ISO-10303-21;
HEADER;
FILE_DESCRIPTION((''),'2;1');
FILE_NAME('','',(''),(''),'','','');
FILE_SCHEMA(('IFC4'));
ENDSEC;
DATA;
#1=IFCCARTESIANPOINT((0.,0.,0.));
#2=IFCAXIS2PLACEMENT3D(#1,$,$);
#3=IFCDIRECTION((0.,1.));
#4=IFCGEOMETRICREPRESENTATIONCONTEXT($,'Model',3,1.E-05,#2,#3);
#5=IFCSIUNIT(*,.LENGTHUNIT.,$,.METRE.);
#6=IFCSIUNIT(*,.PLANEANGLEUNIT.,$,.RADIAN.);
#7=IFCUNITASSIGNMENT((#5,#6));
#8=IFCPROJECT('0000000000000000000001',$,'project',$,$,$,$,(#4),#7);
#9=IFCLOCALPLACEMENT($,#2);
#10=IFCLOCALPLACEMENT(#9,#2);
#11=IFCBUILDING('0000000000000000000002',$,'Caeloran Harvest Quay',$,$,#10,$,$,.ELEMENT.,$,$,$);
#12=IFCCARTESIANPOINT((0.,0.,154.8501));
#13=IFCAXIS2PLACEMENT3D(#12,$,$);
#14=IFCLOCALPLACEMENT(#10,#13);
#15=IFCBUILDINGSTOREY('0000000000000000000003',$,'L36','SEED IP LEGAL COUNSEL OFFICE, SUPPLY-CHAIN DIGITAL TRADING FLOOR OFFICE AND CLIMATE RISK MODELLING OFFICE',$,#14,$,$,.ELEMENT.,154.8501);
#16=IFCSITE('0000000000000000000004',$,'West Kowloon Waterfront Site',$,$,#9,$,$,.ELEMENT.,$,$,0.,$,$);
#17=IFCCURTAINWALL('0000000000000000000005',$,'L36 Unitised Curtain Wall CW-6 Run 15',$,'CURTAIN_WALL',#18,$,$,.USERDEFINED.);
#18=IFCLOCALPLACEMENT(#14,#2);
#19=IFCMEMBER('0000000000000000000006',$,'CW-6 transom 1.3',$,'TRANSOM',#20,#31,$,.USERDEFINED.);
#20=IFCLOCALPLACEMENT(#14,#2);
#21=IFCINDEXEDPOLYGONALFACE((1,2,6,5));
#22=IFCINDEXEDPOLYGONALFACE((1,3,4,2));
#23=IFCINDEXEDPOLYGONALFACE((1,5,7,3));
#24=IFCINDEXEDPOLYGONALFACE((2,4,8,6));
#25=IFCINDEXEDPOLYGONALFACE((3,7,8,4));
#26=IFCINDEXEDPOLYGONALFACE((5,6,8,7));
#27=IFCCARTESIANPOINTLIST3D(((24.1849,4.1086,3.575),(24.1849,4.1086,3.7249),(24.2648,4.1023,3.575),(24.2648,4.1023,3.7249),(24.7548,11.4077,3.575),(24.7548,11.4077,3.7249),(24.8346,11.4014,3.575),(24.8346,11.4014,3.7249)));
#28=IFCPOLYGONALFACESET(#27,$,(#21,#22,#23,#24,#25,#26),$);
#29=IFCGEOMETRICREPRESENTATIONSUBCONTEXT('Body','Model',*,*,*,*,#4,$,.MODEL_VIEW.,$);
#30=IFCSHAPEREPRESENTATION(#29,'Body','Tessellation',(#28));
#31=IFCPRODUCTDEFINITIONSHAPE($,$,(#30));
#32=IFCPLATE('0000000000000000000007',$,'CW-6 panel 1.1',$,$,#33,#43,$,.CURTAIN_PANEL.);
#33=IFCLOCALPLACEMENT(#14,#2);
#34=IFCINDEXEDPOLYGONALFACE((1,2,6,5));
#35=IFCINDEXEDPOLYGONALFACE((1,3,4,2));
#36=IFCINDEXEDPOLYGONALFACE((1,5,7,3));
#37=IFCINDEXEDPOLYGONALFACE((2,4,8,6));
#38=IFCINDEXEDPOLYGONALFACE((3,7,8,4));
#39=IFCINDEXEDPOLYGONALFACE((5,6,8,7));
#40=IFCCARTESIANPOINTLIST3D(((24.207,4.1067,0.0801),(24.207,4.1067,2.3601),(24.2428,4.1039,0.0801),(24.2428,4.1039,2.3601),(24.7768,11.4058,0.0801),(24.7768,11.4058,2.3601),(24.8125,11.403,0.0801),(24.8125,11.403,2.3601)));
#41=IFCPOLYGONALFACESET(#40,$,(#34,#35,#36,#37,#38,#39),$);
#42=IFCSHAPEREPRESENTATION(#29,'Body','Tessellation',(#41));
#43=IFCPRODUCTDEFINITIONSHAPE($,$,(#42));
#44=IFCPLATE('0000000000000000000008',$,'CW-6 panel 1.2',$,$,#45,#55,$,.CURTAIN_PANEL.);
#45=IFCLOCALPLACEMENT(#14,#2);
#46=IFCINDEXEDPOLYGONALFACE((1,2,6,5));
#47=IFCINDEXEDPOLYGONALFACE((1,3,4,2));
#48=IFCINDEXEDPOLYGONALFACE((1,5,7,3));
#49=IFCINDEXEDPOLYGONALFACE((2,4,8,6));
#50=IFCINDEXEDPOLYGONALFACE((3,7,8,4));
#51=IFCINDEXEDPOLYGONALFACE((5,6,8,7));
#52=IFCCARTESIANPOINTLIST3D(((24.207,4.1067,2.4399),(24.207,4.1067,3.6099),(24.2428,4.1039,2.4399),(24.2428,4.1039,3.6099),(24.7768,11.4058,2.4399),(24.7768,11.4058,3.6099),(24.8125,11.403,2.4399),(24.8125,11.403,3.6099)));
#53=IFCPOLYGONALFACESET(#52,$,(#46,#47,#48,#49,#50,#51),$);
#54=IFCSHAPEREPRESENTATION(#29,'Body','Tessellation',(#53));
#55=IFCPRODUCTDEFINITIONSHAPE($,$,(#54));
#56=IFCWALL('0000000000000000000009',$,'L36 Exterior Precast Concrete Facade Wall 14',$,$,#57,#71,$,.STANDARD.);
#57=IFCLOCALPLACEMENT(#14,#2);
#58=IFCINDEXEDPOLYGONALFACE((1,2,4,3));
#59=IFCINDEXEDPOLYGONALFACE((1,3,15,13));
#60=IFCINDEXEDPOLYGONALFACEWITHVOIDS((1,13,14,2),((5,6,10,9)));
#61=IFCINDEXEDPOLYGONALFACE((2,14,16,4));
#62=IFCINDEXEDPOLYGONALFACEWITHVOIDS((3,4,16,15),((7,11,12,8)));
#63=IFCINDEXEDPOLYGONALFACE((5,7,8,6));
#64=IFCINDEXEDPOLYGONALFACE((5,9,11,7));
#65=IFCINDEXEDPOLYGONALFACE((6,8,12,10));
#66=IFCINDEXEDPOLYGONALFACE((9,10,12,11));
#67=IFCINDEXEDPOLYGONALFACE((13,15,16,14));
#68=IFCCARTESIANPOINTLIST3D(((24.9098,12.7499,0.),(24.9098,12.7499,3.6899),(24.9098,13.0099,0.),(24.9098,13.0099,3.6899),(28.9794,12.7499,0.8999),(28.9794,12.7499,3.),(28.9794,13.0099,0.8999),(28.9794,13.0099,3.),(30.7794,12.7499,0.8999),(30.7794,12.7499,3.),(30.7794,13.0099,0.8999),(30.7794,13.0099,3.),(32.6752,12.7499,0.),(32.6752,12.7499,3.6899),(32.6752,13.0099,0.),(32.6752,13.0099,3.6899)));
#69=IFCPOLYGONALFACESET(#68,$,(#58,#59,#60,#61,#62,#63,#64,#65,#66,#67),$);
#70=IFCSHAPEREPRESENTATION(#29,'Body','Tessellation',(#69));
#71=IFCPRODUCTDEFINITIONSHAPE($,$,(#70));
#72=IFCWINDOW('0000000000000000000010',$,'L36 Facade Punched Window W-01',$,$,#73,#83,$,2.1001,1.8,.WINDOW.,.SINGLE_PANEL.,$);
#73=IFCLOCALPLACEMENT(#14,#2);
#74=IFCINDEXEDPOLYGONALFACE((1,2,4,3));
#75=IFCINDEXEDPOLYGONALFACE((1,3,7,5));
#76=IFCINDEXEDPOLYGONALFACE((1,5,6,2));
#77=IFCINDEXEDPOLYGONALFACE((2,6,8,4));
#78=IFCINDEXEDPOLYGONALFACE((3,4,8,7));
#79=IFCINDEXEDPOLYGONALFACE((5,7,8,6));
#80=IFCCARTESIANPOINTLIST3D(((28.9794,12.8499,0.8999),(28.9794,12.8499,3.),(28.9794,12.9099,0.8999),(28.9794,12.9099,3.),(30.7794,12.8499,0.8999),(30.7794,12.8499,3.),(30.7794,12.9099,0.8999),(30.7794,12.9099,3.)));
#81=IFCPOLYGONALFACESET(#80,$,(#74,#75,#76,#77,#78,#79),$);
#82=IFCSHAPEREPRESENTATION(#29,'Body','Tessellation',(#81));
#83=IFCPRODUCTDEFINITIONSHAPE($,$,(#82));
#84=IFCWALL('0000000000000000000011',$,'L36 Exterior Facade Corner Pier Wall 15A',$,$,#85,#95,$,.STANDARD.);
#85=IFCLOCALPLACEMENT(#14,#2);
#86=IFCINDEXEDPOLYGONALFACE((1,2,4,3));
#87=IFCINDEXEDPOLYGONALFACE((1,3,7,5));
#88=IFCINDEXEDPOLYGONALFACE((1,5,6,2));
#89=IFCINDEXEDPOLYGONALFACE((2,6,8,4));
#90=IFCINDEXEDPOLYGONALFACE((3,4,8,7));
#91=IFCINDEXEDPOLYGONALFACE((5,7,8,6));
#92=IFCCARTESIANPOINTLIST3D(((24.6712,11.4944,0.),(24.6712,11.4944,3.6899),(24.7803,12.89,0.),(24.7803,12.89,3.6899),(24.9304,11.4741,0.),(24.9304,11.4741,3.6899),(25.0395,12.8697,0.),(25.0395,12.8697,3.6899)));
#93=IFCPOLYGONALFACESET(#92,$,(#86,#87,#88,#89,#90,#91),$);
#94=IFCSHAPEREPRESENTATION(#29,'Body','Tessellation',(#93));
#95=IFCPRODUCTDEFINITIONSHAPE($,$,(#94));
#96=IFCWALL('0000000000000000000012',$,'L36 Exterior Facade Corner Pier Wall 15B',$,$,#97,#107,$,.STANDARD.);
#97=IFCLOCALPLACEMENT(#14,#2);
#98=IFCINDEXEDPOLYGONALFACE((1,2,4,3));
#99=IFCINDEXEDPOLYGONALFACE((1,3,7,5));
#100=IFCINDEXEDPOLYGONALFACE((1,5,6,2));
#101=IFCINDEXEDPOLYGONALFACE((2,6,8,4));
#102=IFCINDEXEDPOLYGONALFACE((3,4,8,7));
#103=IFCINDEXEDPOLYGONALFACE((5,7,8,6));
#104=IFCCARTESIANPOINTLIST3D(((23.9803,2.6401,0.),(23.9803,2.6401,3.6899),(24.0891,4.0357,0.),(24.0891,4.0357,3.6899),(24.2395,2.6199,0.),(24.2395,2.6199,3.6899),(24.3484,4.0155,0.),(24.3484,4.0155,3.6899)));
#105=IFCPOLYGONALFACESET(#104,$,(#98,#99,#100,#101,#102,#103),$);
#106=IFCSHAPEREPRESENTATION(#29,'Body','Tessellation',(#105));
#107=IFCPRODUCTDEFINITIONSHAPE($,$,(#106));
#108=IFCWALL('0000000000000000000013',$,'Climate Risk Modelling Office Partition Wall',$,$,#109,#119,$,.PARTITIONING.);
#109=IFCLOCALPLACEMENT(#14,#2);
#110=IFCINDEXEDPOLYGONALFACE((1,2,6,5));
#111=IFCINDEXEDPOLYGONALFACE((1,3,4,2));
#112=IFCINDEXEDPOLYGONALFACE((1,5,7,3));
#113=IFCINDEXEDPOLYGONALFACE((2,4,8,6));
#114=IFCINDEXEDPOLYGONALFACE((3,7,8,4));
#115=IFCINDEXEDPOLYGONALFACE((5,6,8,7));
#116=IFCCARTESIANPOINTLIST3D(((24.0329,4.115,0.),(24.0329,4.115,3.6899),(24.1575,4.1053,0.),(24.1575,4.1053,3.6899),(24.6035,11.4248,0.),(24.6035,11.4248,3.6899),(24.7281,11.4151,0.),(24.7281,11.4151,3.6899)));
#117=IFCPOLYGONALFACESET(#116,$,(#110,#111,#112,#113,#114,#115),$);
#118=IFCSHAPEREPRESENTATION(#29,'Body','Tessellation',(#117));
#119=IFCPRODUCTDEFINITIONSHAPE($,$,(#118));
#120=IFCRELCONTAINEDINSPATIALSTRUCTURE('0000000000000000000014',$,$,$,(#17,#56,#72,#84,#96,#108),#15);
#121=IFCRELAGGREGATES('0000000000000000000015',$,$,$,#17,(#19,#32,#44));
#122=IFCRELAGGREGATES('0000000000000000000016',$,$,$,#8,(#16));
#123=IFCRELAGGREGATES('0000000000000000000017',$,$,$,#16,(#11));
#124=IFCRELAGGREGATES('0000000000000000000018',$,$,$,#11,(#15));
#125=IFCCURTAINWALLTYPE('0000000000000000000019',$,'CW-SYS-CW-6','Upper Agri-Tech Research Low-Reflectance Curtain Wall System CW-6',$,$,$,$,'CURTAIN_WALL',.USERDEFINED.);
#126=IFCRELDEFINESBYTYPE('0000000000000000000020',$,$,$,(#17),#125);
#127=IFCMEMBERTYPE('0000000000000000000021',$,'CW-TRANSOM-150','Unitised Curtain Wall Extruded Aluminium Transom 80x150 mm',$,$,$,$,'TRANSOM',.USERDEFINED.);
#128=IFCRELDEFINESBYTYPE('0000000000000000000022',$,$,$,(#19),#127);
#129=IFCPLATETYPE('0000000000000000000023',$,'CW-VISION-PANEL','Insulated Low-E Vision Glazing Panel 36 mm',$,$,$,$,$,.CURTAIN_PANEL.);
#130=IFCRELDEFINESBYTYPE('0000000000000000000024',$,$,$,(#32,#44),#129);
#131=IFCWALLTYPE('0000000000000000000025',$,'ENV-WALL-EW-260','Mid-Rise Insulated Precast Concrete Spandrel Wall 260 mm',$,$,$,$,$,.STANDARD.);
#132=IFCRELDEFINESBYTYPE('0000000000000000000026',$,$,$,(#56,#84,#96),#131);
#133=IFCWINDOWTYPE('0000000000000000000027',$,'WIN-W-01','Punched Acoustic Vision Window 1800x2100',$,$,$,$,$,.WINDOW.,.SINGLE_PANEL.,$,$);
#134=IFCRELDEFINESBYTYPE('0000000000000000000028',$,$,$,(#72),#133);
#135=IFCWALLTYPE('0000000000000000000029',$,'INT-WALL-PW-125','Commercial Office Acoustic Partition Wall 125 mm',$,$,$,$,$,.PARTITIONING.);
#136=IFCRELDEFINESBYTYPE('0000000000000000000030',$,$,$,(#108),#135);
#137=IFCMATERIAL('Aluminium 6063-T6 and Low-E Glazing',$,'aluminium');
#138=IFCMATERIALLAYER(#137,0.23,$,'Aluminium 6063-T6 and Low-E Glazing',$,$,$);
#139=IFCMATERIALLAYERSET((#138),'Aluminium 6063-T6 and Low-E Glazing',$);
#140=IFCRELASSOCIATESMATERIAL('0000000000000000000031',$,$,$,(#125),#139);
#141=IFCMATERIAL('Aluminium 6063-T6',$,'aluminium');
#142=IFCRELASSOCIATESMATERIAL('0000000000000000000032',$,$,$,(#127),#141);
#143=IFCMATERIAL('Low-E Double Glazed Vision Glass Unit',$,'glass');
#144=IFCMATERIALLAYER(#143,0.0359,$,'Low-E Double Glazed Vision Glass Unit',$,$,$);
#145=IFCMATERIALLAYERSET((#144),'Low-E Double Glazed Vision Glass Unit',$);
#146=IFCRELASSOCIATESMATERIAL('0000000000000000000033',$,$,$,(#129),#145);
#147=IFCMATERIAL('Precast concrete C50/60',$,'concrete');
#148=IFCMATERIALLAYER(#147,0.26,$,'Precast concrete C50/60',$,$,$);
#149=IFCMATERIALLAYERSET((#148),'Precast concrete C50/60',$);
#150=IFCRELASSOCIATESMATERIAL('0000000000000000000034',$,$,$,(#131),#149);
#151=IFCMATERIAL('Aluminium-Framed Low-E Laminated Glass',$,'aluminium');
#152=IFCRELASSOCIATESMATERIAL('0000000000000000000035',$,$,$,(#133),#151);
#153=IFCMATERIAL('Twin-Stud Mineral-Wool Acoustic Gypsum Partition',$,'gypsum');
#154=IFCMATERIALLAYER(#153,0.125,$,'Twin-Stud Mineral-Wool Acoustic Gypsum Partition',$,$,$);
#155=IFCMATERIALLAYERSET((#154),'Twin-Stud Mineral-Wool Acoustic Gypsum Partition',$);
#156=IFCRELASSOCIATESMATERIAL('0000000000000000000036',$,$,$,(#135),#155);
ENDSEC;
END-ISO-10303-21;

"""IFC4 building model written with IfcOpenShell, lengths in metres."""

from ifc_helpers import new_model, si_unit, direction, frame, frame_2d, origin, origin_2d, place, context, subcontext, project, spatial, rectangle, extrude, material, layer, layer_set, material_profile, profile_set, type_object, element, fill, aggregate, save


model = new_model("IFC4")

# Units and contexts
model_context = context("Model", 3, precision=1e-05, world=origin(), true_north=direction((0.0, 1.0)))
body_context = subcontext(model_context, "Body", "Model", "MODEL_VIEW")
ifc_project = project(units=[si_unit("LENGTHUNIT", "METRE"), si_unit("PLANEANGLEUNIT", "RADIAN")], contexts=[model_context])

# Site, building, storey
site_placement = place(None, origin())
site = spatial("IfcSite", under=ifc_project, at=site_placement, Name="West Kowloon Waterfront Site", CompositionType="ELEMENT", RefElevation=0.0)
building_placement = place(site_placement, origin())
building = spatial("IfcBuilding", under=site, at=building_placement, Name="Caeloran Harvest Quay", CompositionType="ELEMENT")
storey_placement = place(building_placement, frame((0.0, 0.0, 154.8501)))
storey = spatial("IfcBuildingStorey", under=building, at=storey_placement, Name="L36", Description="SEED IP LEGAL COUNSEL OFFICE, SUPPLY-CHAIN DIGITAL TRADING FLOOR OFFICE AND CLIMATE RISK MODELLING OFFICE", CompositionType="ELEMENT", Elevation=154.8501)

# Curtain wall, member, plates
ifc_material_1 = material(Name="Aluminium 6063-T6 and Low-E Glazing", Category="aluminium")
ifc_layer_1 = layer(ifc_material_1, 0.23, Name="Aluminium 6063-T6 and Low-E Glazing")
ifc_layer_set_1 = layer_set([ifc_layer_1], Name="Aluminium 6063-T6 and Low-E Glazing")
curtain_wall_type = type_object("IfcCurtainWallType", Name="CW-SYS-CW-6", Description="Upper Agri-Tech Research Low-Reflectance Curtain Wall System CW-6", ElementType="CURTAIN_WALL", PredefinedType="USERDEFINED", material=ifc_layer_set_1)
curtain_wall_placement = place(storey_placement, origin())
curtain_wall = element("IfcCurtainWall", 1, at=curtain_wall_placement, inside=storey, type_object=curtain_wall_type, Name="L36 Unitised Curtain Wall CW-6 Run 15", ObjectType="CURTAIN_WALL", PredefinedType="USERDEFINED")
ifc_material_2 = material(Name="Aluminium 6063-T6", Category="aluminium")
ifc_material_profile_1 = material_profile(ifc_material_2, rectangle(XDim=0.0801, YDim=0.1499, at=origin_2d()), Name="CW-TRANSOM-150")
ifc_profile_set_1 = profile_set([ifc_material_profile_1], Name="Aluminium 6063-T6")
member_type_1 = type_object("IfcMemberType", Name="CW-TRANSOM-150", Description="Unitised Curtain Wall Extruded Aluminium Transom 80x150 mm", ElementType="TRANSOM", PredefinedType="USERDEFINED", material=ifc_profile_set_1)
member_1_placement = place(storey_placement, frame((24.7947, 11.4045, 3.6499), z_axis=(-0.077831, -0.996967, 0.0), x_axis=(0.996967, -0.077831, 0.0)))
member_1 = element("IfcMember", 2, at=member_1_placement, type_object=member_type_1, Name="CW-6 transom 1.3", ObjectType="TRANSOM", PredefinedType="USERDEFINED", context=body_context, shape_type="SweptSolid", body=[
    extrude(rectangle(XDim=0.0801, YDim=0.1499, at=origin_2d()), origin(), (0.0, 0.0, 1.0), 7.3213),
])
ifc_material_3 = material(Name="Low-E Double Glazed Vision Glass Unit", Category="glass")
ifc_layer_2 = layer(ifc_material_3, 0.0359, Name="Low-E Double Glazed Vision Glass Unit")
ifc_layer_set_2 = layer_set([ifc_layer_2], Name="Low-E Double Glazed Vision Glass Unit")
plate_type = type_object("IfcPlateType", Name="CW-VISION-PANEL", Description="Insulated Low-E Vision Glazing Panel 36 mm", PredefinedType="CURTAIN_PANEL", material=ifc_layer_set_2)
plate_1_placement = place(storey_placement, frame((24.5098, 7.7549, 0.0801), z_axis=(0.0, 0.0, 1.0), x_axis=(-0.077822, -0.996967, 0.0)))
plate_1 = element("IfcPlate", 3, at=plate_1_placement, type_object=plate_type, Name="CW-6 panel 1.1", PredefinedType="CURTAIN_PANEL", context=body_context, shape_type="SweptSolid", body=[
    extrude(rectangle(XDim=7.3213, YDim=0.0359, at=origin_2d()), origin(), (0.0, 0.0, 1.0), 2.28),
])
plate_2_placement = place(storey_placement, frame((24.5098, 7.7549, 2.4399), z_axis=(0.0, 0.0, 1.0), x_axis=(-0.077822, -0.996967, 0.0)))
plate_2 = element("IfcPlate", 4, at=plate_2_placement, type_object=plate_type, Name="CW-6 panel 1.2", PredefinedType="CURTAIN_PANEL", context=body_context, shape_type="SweptSolid", body=[
    extrude(rectangle(XDim=7.3213, YDim=0.0359, at=origin_2d()), origin(), (0.0, 0.0, 1.0), 1.1699),
])
aggregate(curtain_wall, [member_1, plate_1, plate_2])

# Wall, opening, window
ifc_material_4 = material(Name="Precast concrete C50/60", Category="concrete")
ifc_layer_3 = layer(ifc_material_4, 0.26, Name="Precast concrete C50/60")
ifc_layer_set_3 = layer_set([ifc_layer_3], Name="Precast concrete C50/60")
wall_type_1 = type_object("IfcWallType", Name="ENV-WALL-EW-260", Description="Mid-Rise Insulated Precast Concrete Spandrel Wall 260 mm", PredefinedType="STANDARD", material=ifc_layer_set_3)
wall_1_placement = place(storey_placement, frame((32.6753, 12.8799, 0.0), z_axis=(0.0, 0.0, 1.0), x_axis=(-1.0, 0.0, 0.0)))
wall_1 = element("IfcWall", 5, at=wall_1_placement, inside=storey, type_object=wall_type_1, Name="L36 Exterior Precast Concrete Facade Wall 14", PredefinedType="STANDARD", context=body_context, shape_type="SweptSolid", body=[
    extrude(rectangle(XDim=7.7654, YDim=0.26, at=frame_2d((3.8828, 0.0))), origin(), (0.0, 0.0, 1.0), 3.6899),
])
opening_placement = place(wall_1_placement, frame((1.896, 0.0, 0.8999)))
opening = element("IfcOpeningElement", 6, at=opening_placement, cuts=wall_1, PredefinedType="OPENING", context=body_context, shape_type="SweptSolid", body=[
    extrude(rectangle(XDim=1.8, YDim=2.1001, at=frame_2d((0.8999, 1.05))), frame((0.0, 0.1401, 0.0), z_axis=(0.0, -1.0, 0.0), x_axis=(1.0, 0.0, 0.0)), (0.0, 0.0, 1.0), 0.28),
])
ifc_material_5 = material(Name="Aluminium-Framed Low-E Laminated Glass", Category="aluminium")
window_type = type_object("IfcWindowType", Name="WIN-W-01", Description="Punched Acoustic Vision Window 1800x2100", PartitioningType="SINGLE_PANEL", PredefinedType="WINDOW", material=ifc_material_5)
window_placement = place(opening_placement, origin())
window = element("IfcWindow", 7, at=window_placement, inside=storey, type_object=window_type, Name="L36 Facade Punched Window W-01", OverallHeight=2.1001, OverallWidth=1.8, PartitioningType="SINGLE_PANEL", PredefinedType="WINDOW", context=body_context, shape_type="SweptSolid", body=[
    extrude(rectangle(XDim=1.8, YDim=2.1001, at=frame_2d((0.8999, 1.05))), frame((0.0, 0.03, 0.0), z_axis=(0.0, -1.0, 0.0), x_axis=(1.0, 0.0, 0.0)), (0.0, 0.0, 1.0), 0.0601),
])
fill(opening, window)

# Walls
for number, where, z_axis, x_axis, name in (
    (8, (24.9099, 12.8799, 0.0), (0.0, 0.0, 1.0), (-0.07795, -0.996957, 0.0), "L36 Exterior Facade Corner Pier Wall 15A"),
    (9, (24.2188, 4.0256, 0.0), (0.0, 0.0, 1.0), (-0.077777, -0.996971, 0.0), "L36 Exterior Facade Corner Pier Wall 15B"),
):
    element("IfcWall", number, at=place(storey_placement, frame(where, z_axis=z_axis, x_axis=x_axis)), inside=storey, type_object=wall_type_1, Name=name, PredefinedType="STANDARD", context=body_context, shape_type="SweptSolid", body=[
        extrude(rectangle(XDim=1.3999, YDim=0.26, at=frame_2d((0.7, 0.0))), origin(), (0.0, 0.0, 1.0), 3.6899),
    ])
ifc_material_6 = material(Name="Twin-Stud Mineral-Wool Acoustic Gypsum Partition", Category="gypsum")
ifc_layer_4 = layer(ifc_material_6, 0.125, Name="Twin-Stud Mineral-Wool Acoustic Gypsum Partition")
ifc_layer_set_4 = layer_set([ifc_layer_4], Name="Twin-Stud Mineral-Wool Acoustic Gypsum Partition")
wall_type_2 = type_object("IfcWallType", Name="INT-WALL-PW-125", Description="Commercial Office Acoustic Partition Wall 125 mm", PredefinedType="PARTITIONING", material=ifc_layer_set_4)
wall_2_placement = place(storey_placement, frame((24.6658, 11.4199, 0.0), z_axis=(0.0, 0.0, 1.0), x_axis=(-0.077817, -0.996968, 0.0)))
element("IfcWall", 10, at=wall_2_placement, inside=storey, type_object=wall_type_2, Name="Climate Risk Modelling Office Partition Wall", PredefinedType="PARTITIONING", context=body_context, shape_type="SweptSolid", body=[
    extrude(rectangle(XDim=7.332, YDim=0.125, at=frame_2d((3.666, 0.0))), origin(), (0.0, 0.0, 1.0), 3.6899),
])

save(model, "model.ifc")
